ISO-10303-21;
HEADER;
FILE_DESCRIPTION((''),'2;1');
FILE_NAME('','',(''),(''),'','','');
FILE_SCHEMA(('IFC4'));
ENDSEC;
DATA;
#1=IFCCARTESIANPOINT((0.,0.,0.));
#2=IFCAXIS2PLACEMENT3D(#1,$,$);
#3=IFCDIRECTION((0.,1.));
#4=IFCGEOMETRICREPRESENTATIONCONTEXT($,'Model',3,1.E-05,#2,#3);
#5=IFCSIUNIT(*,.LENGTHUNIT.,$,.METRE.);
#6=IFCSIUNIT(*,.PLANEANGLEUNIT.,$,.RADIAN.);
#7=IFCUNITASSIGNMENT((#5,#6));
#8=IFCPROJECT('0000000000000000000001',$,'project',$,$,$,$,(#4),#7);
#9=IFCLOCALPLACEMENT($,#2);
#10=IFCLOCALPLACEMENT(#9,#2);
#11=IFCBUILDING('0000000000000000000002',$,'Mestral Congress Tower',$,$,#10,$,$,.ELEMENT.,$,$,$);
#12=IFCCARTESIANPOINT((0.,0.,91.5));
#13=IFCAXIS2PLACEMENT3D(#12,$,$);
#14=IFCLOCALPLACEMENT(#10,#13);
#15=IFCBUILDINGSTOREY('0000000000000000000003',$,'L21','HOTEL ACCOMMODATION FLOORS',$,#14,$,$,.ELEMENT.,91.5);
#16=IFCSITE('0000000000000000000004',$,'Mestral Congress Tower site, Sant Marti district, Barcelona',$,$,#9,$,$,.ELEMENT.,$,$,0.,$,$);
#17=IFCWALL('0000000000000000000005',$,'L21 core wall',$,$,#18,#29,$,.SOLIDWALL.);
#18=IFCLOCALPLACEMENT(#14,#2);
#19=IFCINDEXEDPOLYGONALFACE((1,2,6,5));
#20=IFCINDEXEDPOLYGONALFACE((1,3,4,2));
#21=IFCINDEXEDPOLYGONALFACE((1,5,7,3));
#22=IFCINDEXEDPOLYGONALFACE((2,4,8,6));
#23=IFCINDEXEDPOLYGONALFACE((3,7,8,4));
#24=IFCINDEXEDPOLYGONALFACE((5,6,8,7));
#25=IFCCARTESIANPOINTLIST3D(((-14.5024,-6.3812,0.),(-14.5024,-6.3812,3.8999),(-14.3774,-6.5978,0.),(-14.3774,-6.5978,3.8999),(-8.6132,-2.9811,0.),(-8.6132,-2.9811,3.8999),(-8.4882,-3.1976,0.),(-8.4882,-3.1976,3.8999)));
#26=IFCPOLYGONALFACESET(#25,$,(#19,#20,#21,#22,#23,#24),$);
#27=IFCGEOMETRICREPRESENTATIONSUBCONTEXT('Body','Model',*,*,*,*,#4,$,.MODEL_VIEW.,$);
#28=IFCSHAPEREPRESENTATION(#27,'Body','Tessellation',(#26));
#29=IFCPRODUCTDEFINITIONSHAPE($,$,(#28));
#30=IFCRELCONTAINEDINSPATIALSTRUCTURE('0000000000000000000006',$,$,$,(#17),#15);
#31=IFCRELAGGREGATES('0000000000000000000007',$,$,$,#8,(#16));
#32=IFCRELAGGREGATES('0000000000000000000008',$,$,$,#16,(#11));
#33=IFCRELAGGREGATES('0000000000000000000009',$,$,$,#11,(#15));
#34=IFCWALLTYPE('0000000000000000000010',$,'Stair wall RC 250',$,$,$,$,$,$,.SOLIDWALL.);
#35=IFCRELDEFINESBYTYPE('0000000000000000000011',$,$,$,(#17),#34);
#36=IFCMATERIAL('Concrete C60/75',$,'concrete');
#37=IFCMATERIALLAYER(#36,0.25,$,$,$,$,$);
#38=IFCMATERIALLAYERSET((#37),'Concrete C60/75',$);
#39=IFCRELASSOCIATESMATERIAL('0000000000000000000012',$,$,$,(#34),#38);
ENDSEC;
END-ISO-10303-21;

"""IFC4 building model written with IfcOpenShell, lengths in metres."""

from ifc_helpers import new_model, si_unit, direction, frame, frame_2d, origin, place, context, subcontext, project, spatial, rectangle, extrude, material, layer, layer_set, type_object, element, save


model = new_model("IFC4")

# Units and contexts
model_context = context("Model", 3, precision=1e-05, world=origin(), true_north=direction((0.0, 1.0)))
body_context = subcontext(model_context, "Body", "Model", "MODEL_VIEW")
ifc_project = project(units=[si_unit("LENGTHUNIT", "METRE"), si_unit("PLANEANGLEUNIT", "RADIAN")], contexts=[model_context])

# Site, building, storey
site_placement = place(None, origin())
site = spatial("IfcSite", under=ifc_project, at=site_placement, Name="Mestral Congress Tower site, Sant Marti district, Barcelona", CompositionType="ELEMENT", RefElevation=0.0)
building_placement = place(site_placement, origin())
building = spatial("IfcBuilding", under=site, at=building_placement, Name="Mestral Congress Tower", CompositionType="ELEMENT")
storey_placement = place(building_placement, frame((0.0, 0.0, 91.5)))
storey = spatial("IfcBuildingStorey", under=building, at=storey_placement, Name="L21", Description="HOTEL ACCOMMODATION FLOORS", CompositionType="ELEMENT", Elevation=91.5)

# Wall
ifc_material_1 = material(Name="Concrete C60/75", Category="concrete")
ifc_layer_1 = layer(ifc_material_1, 0.25)
ifc_layer_set_1 = layer_set([ifc_layer_1], Name="Concrete C60/75")
wall_type_1 = type_object("IfcWallType", Name="Stair wall RC 250", PredefinedType="SOLIDWALL", material=ifc_layer_set_1)
wall_1_placement = place(storey_placement, frame((-14.4399, -6.4895, 0.0), z_axis=(0.0, 0.0, 1.0), x_axis=(0.866023, 0.500004, 0.0)))
element("IfcWall", 1, at=wall_1_placement, inside=storey, type_object=wall_type_1, Name="L21 core wall", PredefinedType="SOLIDWALL", context=body_context, shape_type="SweptSolid", body=[
    extrude(rectangle(XDim=6.8003, YDim=0.25, at=frame_2d((3.4001, 0.0))), origin(), (0.0, 0.0, 1.0), 3.8999),
])

save(model, "model.ifc")
